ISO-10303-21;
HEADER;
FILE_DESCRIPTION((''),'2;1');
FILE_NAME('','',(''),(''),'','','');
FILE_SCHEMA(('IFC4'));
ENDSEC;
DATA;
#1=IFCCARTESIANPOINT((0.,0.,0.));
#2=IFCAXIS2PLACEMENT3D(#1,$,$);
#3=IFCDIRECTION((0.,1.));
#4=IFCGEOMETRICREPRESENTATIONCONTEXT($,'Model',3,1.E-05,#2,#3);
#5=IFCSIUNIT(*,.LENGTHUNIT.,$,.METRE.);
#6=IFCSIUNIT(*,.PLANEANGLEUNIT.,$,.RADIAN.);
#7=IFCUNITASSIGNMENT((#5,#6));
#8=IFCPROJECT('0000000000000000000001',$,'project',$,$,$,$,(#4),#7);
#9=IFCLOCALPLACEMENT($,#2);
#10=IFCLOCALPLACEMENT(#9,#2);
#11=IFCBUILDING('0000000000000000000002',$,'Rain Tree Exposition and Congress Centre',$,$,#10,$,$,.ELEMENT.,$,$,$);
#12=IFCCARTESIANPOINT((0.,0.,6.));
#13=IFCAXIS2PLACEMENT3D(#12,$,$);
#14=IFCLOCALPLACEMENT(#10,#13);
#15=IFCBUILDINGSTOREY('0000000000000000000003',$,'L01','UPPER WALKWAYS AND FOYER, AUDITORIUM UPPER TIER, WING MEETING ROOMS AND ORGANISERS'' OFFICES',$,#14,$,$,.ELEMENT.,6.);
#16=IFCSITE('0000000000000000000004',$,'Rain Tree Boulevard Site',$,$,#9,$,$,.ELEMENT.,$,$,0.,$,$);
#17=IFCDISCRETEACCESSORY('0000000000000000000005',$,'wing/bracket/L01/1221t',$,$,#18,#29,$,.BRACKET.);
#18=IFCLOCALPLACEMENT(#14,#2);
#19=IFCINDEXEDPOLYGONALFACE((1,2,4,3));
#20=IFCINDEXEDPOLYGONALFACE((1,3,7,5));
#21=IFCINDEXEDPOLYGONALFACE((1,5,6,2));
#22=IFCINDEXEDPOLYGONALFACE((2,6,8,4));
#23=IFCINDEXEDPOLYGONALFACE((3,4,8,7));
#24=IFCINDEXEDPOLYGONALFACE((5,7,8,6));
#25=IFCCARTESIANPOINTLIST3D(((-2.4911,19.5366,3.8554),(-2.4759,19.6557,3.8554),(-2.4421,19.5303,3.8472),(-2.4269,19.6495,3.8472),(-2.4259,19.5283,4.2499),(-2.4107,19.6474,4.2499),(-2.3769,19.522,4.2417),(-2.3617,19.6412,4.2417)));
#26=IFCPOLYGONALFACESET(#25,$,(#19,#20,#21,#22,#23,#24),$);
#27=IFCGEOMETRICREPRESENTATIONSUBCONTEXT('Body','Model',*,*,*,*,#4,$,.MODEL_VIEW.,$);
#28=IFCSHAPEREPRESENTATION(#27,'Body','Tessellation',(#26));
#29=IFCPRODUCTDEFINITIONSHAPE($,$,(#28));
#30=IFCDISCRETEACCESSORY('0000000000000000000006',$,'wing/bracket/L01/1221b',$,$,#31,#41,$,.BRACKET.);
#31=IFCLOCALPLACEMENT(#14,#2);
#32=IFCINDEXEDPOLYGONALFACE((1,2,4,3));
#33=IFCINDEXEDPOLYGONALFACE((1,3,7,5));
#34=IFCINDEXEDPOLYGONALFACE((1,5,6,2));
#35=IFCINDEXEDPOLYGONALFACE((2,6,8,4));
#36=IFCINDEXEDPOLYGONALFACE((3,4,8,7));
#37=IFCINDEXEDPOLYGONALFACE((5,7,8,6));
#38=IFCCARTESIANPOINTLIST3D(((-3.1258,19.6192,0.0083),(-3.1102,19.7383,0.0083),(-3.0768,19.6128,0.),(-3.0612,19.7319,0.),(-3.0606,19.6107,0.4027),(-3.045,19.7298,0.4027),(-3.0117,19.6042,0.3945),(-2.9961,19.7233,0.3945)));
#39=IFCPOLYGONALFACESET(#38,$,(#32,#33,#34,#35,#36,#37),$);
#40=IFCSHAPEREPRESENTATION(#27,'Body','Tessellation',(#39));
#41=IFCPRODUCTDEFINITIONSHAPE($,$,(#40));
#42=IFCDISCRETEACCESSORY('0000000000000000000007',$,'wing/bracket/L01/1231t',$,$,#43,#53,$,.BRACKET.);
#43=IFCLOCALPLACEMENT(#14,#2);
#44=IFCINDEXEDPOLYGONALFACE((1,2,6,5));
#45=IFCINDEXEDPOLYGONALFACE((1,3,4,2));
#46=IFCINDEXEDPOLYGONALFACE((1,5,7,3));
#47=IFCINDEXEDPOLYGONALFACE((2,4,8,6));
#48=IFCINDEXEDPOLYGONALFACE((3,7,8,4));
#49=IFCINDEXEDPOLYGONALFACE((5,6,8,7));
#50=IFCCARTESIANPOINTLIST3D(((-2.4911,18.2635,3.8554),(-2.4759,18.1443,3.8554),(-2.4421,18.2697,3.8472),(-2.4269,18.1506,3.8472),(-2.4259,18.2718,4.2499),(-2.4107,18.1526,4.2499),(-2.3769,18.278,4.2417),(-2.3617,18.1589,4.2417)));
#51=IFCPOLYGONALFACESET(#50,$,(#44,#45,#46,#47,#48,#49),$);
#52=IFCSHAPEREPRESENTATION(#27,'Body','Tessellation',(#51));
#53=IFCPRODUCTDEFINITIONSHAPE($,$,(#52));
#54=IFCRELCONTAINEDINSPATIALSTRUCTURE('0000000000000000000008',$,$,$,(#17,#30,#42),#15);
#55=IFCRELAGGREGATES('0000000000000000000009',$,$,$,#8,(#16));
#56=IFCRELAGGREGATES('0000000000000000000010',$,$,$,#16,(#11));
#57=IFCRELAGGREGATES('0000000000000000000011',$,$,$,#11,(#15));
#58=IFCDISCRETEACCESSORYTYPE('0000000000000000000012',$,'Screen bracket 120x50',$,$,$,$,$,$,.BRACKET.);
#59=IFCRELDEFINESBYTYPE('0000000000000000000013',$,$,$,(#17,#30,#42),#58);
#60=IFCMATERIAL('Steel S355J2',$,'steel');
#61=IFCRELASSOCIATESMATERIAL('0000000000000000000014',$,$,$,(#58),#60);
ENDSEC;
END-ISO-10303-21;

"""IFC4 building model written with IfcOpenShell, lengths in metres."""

from ifc_helpers import new_model, si_unit, direction, frame, origin, origin_2d, place, context, subcontext, project, spatial, rectangle, extrude, material, material_profile, profile_set, type_object, element, save


model = new_model("IFC4")

# Units and contexts
model_context = context("Model", 3, precision=1e-05, world=origin(), true_north=direction((0.0, 1.0)))
body_context = subcontext(model_context, "Body", "Model", "MODEL_VIEW")
ifc_project = project(units=[si_unit("LENGTHUNIT", "METRE"), si_unit("PLANEANGLEUNIT", "RADIAN")], contexts=[model_context])

# Site, building, storey
site_placement = place(None, origin())
site = spatial("IfcSite", under=ifc_project, at=site_placement, Name="Rain Tree Boulevard Site", CompositionType="ELEMENT", RefElevation=0.0)
building_placement = place(site_placement, origin())
building = spatial("IfcBuilding", under=site, at=building_placement, Name="Rain Tree Exposition and Congress Centre", CompositionType="ELEMENT")
storey_placement = place(building_placement, frame((0.0, 0.0, 6.0)))
storey = spatial("IfcBuildingStorey", under=building, at=storey_placement, Name="L01", Description="UPPER WALKWAYS AND FOYER, AUDITORIUM UPPER TIER, WING MEETING ROOMS AND ORGANISERS' OFFICES", CompositionType="ELEMENT", Elevation=6.0)

# Discrete accessories
ifc_material_1 = material(Name="Steel S355J2", Category="steel")
ifc_material_profile_1 = material_profile(ifc_material_1, rectangle(XDim=0.1201, YDim=0.05, at=origin_2d()), Name="Flat bar 120x50")
ifc_profile_set_1 = profile_set([ifc_material_profile_1], Name="Steel S355J2")
discrete_accessory_type = type_object("IfcDiscreteAccessoryType", Name="Screen bracket 120x50", PredefinedType="BRACKET", material=ifc_profile_set_1)
for number, where, z_axis, x_axis, name in (
    (1, (-2.459, 19.593, 3.8513), (0.162978, -0.020754, 0.986411), (0.126321, 0.991989, 0.0), "wing/bracket/L01/1221t"),
    (2, (-3.0935, 19.6755, 0.0042), (0.162976, -0.021364, 0.986399), (0.129974, 0.991517, 0.0), "wing/bracket/L01/1221b"),
    (3, (-2.459, 18.207, 3.8513), (0.162978, 0.020754, 0.986411), (-0.126321, 0.991989, 0.0), "wing/bracket/L01/1231t"),
):
    element("IfcDiscreteAccessory", number, at=place(storey_placement, frame(where, z_axis=z_axis, x_axis=x_axis)), inside=storey, type_object=discrete_accessory_type, Name=name, PredefinedType="BRACKET", context=body_context, shape_type="SweptSolid", body=[
        extrude(rectangle(XDim=0.1201, YDim=0.05, at=origin_2d()), origin(), (0.0, 0.0, 1.0), 0.3999),
    ])

save(model, "model.ifc")
